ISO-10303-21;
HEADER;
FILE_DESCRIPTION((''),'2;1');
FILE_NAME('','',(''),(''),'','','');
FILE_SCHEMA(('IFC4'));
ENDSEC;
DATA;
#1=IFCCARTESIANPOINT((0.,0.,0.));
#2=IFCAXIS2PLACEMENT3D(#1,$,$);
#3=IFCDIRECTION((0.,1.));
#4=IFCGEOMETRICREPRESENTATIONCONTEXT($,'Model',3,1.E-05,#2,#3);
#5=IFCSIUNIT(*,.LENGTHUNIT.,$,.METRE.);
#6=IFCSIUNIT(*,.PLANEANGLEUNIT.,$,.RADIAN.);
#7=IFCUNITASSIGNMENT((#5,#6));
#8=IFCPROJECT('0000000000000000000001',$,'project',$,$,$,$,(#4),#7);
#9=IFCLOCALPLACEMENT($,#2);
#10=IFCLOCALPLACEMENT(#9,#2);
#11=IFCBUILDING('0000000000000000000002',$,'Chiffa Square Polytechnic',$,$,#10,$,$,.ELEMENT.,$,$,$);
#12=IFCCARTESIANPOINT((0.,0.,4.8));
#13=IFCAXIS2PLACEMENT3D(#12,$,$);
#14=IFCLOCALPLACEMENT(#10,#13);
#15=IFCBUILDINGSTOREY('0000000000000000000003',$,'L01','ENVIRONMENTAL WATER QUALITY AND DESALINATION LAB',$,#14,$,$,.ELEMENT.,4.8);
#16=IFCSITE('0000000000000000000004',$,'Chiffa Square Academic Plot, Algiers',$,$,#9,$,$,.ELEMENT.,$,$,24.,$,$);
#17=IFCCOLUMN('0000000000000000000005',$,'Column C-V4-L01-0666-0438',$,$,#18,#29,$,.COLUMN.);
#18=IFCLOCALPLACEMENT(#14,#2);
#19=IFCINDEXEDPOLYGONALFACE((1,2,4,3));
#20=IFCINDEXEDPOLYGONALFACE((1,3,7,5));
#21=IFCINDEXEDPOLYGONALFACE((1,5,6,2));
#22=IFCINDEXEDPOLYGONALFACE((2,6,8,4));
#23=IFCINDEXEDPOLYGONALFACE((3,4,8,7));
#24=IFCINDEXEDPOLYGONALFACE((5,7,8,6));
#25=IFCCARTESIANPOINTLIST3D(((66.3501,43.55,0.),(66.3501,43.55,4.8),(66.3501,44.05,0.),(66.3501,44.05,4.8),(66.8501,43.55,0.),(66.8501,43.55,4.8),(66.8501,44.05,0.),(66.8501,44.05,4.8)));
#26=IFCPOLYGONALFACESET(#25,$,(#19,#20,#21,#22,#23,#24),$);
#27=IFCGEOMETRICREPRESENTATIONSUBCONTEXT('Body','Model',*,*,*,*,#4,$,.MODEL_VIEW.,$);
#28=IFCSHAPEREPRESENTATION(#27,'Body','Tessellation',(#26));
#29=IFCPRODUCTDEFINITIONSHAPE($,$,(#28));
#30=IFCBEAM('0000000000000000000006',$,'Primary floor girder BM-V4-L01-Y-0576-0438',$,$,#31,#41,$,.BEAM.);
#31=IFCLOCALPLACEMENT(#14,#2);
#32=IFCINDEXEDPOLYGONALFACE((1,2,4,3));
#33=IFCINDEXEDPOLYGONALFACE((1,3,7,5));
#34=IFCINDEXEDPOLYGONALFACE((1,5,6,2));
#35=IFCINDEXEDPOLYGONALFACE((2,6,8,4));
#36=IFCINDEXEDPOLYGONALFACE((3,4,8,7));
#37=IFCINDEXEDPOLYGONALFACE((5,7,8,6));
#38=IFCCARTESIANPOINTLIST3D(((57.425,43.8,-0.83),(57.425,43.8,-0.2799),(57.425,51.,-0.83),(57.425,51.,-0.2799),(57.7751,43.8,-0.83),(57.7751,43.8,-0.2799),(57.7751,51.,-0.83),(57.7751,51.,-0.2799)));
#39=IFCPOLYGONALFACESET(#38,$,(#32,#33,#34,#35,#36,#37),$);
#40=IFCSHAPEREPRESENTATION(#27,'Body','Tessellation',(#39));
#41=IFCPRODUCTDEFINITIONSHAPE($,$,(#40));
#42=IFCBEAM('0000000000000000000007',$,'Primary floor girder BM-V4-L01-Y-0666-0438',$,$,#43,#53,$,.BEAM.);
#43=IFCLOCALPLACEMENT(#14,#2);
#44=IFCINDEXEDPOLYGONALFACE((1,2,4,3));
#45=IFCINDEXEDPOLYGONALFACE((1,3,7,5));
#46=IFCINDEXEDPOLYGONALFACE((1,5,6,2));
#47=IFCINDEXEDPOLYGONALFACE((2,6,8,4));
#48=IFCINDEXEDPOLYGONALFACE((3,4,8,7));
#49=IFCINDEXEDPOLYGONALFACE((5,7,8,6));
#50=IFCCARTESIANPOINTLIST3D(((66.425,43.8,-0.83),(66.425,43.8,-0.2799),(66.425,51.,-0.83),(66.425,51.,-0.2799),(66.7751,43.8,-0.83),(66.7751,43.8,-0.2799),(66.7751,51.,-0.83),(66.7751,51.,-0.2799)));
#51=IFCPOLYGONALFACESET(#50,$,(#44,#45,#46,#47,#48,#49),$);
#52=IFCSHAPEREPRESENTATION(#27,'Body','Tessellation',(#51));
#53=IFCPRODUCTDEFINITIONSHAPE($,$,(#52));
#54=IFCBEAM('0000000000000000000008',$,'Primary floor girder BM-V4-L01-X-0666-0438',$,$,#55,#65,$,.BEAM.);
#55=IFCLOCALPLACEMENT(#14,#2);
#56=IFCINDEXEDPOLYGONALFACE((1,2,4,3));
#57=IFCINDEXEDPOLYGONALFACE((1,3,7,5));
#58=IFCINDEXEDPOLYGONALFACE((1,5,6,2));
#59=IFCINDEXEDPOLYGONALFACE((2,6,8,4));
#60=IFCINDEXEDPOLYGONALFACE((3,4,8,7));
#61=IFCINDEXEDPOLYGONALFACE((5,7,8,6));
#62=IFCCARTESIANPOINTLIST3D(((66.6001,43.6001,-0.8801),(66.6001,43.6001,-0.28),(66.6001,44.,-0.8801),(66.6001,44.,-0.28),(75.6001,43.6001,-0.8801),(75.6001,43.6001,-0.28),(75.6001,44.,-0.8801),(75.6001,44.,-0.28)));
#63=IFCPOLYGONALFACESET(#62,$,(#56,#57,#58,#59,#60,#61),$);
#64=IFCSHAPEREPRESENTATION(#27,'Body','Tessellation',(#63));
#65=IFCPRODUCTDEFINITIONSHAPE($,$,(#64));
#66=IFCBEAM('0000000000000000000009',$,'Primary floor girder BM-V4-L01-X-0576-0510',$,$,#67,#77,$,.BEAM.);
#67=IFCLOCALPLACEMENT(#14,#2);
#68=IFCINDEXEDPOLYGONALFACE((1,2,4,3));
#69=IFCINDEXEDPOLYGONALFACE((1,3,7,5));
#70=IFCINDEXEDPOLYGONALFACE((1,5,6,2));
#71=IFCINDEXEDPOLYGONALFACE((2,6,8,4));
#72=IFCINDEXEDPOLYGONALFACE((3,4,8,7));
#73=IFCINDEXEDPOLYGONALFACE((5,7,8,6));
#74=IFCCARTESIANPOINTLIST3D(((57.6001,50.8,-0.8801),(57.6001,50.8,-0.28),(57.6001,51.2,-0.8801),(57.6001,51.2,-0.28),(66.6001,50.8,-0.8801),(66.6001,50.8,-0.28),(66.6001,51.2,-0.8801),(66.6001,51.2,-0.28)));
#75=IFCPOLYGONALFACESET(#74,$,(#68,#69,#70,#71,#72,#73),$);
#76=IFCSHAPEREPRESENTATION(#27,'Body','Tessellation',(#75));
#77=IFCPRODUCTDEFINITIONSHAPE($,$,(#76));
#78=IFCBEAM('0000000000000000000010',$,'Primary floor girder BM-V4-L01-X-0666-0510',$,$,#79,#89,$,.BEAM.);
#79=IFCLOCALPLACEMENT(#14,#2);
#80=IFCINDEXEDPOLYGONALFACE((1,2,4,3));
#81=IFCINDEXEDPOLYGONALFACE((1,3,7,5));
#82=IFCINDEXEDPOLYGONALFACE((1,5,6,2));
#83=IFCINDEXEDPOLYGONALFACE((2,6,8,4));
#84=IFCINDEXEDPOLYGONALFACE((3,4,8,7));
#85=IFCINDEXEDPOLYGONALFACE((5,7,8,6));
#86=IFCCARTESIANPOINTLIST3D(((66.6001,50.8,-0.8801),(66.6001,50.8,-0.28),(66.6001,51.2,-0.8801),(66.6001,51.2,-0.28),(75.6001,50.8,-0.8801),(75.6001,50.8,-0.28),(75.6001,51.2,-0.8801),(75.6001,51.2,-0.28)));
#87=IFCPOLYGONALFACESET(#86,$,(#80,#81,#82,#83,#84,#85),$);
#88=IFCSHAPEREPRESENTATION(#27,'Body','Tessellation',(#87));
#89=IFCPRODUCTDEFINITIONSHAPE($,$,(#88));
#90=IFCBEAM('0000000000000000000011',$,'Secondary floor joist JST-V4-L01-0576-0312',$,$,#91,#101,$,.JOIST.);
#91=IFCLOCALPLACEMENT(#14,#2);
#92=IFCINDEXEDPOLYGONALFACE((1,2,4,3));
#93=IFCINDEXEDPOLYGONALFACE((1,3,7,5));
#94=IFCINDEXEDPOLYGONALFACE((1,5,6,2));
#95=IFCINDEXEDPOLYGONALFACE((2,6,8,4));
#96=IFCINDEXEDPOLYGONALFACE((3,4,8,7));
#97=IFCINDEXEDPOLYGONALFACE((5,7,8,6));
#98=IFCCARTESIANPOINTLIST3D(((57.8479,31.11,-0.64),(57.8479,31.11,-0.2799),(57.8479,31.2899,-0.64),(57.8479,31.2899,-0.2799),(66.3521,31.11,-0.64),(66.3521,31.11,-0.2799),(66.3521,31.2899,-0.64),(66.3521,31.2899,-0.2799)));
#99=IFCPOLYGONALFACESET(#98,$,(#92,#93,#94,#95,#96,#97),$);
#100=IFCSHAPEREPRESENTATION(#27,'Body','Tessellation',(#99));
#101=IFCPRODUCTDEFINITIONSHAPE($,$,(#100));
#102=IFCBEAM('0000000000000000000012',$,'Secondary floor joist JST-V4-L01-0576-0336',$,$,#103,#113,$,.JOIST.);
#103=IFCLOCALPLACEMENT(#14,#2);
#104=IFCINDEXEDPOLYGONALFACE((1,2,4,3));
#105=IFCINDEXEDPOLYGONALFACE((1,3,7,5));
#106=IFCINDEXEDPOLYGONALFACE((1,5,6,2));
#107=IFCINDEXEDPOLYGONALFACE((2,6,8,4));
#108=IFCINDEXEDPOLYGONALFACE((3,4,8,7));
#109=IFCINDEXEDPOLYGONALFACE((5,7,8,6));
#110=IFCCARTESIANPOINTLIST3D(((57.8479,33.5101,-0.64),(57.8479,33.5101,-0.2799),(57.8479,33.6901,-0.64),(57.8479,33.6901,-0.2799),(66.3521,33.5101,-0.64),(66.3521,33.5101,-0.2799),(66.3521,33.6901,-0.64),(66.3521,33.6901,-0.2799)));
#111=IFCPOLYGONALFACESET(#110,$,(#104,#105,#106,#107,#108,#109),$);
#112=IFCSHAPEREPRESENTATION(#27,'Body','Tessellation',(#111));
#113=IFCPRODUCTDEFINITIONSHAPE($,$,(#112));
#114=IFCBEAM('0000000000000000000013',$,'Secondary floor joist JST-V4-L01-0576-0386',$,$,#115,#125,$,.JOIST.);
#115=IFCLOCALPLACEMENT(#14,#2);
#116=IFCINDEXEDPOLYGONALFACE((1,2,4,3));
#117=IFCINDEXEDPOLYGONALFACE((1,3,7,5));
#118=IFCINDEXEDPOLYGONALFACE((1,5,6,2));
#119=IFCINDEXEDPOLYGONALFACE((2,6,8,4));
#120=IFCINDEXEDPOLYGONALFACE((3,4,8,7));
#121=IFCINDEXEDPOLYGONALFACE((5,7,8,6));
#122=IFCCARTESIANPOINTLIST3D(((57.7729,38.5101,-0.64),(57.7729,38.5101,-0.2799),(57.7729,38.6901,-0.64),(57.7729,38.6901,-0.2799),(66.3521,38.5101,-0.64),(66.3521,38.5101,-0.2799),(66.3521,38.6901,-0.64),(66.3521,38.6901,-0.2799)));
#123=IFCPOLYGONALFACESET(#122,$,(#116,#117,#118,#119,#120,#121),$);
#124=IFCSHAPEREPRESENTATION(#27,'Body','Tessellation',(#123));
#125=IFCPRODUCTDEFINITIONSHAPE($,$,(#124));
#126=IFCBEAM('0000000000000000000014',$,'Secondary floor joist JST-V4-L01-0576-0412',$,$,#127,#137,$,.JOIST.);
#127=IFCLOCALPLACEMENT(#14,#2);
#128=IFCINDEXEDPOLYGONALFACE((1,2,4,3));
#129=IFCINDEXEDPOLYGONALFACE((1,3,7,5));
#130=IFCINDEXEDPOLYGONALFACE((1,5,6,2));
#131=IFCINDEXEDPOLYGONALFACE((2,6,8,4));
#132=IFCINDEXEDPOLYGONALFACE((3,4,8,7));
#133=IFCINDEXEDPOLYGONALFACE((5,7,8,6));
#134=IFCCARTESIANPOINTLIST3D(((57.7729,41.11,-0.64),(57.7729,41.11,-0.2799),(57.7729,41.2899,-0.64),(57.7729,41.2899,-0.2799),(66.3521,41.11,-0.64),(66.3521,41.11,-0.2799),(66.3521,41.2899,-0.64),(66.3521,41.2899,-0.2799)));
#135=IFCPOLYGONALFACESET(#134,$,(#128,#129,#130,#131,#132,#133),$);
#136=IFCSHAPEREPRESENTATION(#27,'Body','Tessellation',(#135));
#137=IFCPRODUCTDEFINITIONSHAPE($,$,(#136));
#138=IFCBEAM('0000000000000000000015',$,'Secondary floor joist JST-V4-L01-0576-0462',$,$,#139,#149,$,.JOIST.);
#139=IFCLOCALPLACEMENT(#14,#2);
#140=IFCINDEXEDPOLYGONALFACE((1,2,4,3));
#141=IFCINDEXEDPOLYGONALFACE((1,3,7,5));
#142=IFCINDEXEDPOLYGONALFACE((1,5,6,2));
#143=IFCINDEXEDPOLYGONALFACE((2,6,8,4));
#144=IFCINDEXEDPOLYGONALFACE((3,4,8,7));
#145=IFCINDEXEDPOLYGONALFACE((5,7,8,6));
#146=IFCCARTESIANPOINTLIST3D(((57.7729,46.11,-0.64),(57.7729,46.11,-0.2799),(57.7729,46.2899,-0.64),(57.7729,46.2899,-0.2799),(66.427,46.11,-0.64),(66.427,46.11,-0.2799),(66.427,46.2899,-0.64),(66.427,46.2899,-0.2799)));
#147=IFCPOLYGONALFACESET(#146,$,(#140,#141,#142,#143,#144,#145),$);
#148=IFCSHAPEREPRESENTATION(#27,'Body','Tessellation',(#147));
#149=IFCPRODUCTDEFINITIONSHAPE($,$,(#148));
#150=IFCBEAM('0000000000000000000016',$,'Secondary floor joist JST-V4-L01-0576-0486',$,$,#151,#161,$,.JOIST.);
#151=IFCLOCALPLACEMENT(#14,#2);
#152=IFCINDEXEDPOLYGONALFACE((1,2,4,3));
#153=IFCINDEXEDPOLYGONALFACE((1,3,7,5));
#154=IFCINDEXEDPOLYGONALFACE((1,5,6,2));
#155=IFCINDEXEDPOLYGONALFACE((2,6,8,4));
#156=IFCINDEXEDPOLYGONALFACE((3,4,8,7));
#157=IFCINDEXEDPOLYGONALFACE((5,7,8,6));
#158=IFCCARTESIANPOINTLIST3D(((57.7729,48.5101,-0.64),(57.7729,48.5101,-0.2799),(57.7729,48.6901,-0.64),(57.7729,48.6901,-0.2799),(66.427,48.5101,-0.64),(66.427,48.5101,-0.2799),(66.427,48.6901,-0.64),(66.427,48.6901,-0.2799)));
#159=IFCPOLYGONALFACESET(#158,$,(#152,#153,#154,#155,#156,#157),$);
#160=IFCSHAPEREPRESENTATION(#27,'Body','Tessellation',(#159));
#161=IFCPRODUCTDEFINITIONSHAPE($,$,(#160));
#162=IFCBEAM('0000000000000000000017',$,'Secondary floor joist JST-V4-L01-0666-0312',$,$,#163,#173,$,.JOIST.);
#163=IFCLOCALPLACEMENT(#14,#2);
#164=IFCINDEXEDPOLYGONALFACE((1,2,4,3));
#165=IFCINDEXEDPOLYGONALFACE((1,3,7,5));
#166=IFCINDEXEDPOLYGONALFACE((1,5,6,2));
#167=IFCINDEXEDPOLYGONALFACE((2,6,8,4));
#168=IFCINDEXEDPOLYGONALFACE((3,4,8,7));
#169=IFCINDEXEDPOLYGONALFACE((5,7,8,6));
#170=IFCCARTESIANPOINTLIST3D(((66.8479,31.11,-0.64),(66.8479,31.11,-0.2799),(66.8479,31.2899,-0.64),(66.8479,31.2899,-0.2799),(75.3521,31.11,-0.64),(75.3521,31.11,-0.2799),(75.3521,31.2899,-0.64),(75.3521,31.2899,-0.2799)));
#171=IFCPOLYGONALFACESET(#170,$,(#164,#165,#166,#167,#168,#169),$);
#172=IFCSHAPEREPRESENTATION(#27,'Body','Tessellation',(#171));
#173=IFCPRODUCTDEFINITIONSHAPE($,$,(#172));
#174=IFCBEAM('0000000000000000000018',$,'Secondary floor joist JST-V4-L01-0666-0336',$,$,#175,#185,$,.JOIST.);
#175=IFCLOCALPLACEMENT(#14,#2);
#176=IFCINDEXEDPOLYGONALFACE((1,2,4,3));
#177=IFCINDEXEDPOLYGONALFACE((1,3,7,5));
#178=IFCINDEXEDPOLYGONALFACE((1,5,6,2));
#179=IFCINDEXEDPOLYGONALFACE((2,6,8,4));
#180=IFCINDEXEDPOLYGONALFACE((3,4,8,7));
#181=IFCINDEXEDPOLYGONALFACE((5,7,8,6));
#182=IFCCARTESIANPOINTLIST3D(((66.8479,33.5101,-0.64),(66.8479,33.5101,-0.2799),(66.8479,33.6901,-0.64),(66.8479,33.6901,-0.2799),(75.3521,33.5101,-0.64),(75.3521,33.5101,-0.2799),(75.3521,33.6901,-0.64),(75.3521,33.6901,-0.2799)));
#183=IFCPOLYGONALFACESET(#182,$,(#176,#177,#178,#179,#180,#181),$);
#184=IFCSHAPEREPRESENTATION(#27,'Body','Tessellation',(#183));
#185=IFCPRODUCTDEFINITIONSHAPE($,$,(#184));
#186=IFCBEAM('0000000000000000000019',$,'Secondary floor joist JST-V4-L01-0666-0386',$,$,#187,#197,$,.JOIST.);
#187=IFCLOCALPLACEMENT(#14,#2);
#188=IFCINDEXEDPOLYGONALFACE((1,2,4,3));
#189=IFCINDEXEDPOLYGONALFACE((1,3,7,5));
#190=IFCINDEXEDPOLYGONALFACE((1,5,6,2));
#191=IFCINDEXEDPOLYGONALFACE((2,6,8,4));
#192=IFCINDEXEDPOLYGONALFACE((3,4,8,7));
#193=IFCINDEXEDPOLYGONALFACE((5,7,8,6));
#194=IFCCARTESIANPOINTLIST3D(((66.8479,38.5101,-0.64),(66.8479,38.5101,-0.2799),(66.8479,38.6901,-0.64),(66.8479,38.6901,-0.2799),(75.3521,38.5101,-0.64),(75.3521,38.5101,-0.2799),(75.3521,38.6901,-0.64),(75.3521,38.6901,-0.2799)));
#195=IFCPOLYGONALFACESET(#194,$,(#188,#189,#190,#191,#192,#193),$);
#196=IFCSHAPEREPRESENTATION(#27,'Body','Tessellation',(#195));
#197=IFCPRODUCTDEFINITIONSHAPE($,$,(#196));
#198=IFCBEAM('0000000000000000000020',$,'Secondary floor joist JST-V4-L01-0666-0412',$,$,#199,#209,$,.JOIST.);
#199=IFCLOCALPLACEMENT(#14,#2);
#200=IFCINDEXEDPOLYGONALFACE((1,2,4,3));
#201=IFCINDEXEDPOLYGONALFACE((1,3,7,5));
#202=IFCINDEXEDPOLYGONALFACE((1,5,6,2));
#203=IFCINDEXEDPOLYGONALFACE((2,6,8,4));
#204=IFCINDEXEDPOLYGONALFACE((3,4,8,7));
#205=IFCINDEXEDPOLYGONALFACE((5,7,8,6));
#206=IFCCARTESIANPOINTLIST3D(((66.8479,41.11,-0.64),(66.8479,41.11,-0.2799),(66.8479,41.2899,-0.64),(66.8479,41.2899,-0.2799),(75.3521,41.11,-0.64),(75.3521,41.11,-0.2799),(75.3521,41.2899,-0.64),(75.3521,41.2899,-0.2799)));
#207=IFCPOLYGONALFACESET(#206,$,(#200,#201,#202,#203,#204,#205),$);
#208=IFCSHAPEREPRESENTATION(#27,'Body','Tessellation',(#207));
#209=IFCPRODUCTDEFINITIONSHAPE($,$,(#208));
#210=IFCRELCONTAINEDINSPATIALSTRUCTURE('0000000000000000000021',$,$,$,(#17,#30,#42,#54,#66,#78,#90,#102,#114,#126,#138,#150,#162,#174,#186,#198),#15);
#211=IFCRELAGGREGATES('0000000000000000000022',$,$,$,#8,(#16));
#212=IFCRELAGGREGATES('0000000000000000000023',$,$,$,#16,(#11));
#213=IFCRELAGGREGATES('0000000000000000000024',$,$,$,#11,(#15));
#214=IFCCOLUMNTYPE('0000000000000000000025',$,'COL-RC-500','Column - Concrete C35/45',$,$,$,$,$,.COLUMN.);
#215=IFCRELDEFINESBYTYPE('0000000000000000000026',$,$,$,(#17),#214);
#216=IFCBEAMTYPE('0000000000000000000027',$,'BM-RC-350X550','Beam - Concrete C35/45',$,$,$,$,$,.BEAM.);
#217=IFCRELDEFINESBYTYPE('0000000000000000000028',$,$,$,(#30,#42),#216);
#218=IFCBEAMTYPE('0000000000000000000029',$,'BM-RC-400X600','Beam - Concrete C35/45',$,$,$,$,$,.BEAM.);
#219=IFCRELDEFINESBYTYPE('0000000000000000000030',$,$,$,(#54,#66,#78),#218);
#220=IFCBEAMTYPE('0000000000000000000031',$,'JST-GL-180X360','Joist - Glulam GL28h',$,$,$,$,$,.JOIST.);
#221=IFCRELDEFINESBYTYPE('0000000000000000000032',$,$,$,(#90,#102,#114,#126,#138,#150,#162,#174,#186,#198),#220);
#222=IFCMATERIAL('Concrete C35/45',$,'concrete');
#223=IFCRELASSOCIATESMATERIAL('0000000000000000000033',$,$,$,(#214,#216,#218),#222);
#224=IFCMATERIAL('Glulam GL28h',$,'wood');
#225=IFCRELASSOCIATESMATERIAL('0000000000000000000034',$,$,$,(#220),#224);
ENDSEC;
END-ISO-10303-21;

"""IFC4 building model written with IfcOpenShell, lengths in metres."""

from ifc_helpers import new_model, si_unit, direction, frame, origin, origin_2d, place, context, subcontext, project, spatial, rectangle, extrude, material, material_profile, profile_set, type_object, element, save


model = new_model("IFC4")

# Units and contexts
model_context = context("Model", 3, precision=1e-05, world=origin(), true_north=direction((0.0, 1.0)))
body_context = subcontext(model_context, "Body", "Model", "MODEL_VIEW")
ifc_project = project(units=[si_unit("LENGTHUNIT", "METRE"), si_unit("PLANEANGLEUNIT", "RADIAN")], contexts=[model_context])

# Site, building, storey
site_placement = place(None, origin())
site = spatial("IfcSite", under=ifc_project, at=site_placement, Name="Chiffa Square Academic Plot, Algiers", CompositionType="ELEMENT", RefElevation=24.0)
building_placement = place(site_placement, origin())
building = spatial("IfcBuilding", under=site, at=building_placement, Name="Chiffa Square Polytechnic", CompositionType="ELEMENT")
storey_placement = place(building_placement, frame((0.0, 0.0, 4.8)))
storey = spatial("IfcBuildingStorey", under=building, at=storey_placement, Name="L01", Description="ENVIRONMENTAL WATER QUALITY AND DESALINATION LAB", CompositionType="ELEMENT", Elevation=4.8)

# Column
ifc_material_1 = material(Name="Concrete C35/45", Category="concrete")
ifc_material_profile_1 = material_profile(ifc_material_1, rectangle(XDim=0.5, YDim=0.5, at=origin_2d()), Name="RC 500x500")
ifc_profile_set_1 = profile_set([ifc_material_profile_1], Name="Concrete C35/45")
column_type = type_object("IfcColumnType", Name="COL-RC-500", Description="Column - Concrete C35/45", PredefinedType="COLUMN", material=ifc_profile_set_1)
column_placement = place(storey_placement, frame((66.6001, 43.8, 0.0), z_axis=(0.0, 0.0, 1.0), x_axis=(1.0, 0.0, 0.0)))
element("IfcColumn", 1, at=column_placement, inside=storey, type_object=column_type, Name="Column C-V4-L01-0666-0438", PredefinedType="COLUMN", context=body_context, shape_type="SweptSolid", body=[
    extrude(rectangle(XDim=0.5, YDim=0.5, at=origin_2d()), origin(), (0.0, 0.0, 1.0), 4.8),
])

# Beams
ifc_material_profile_2 = material_profile(ifc_material_1, rectangle(XDim=0.3501, YDim=0.55, at=origin_2d()), Name="RC 350x550")
ifc_profile_set_2 = profile_set([ifc_material_profile_2], Name="Concrete C35/45")
beam_type_1 = type_object("IfcBeamType", Name="BM-RC-350X550", Description="Beam - Concrete C35/45", PredefinedType="BEAM", material=ifc_profile_set_2)
for number, where, z_axis, x_axis, name in (
    (2, (57.6001, 43.8, -0.5549), (0.0, 1.0, 0.0), (-1.0, 0.0, 0.0), "Primary floor girder BM-V4-L01-Y-0576-0438"),
    (3, (66.6001, 43.8, -0.5549), (0.0, 1.0, 0.0), (-1.0, 0.0, 0.0), "Primary floor girder BM-V4-L01-Y-0666-0438"),
):
    element("IfcBeam", number, at=place(storey_placement, frame(where, z_axis=z_axis, x_axis=x_axis)), inside=storey, type_object=beam_type_1, Name=name, PredefinedType="BEAM", context=body_context, shape_type="SweptSolid", body=[
        extrude(rectangle(XDim=0.3501, YDim=0.55, at=origin_2d()), origin(), (0.0, 0.0, 1.0), 7.2),
    ])
ifc_material_profile_3 = material_profile(ifc_material_1, rectangle(XDim=0.3999, YDim=0.6001, at=origin_2d()), Name="RC 400x600")
ifc_profile_set_3 = profile_set([ifc_material_profile_3], Name="Concrete C35/45")
beam_type_2 = type_object("IfcBeamType", Name="BM-RC-400X600", Description="Beam - Concrete C35/45", PredefinedType="BEAM", material=ifc_profile_set_3)
for number, where, z_axis, x_axis, name in (
    (4, (66.6001, 43.8, -0.5801), (1.0, 0.0, 0.0), (0.0, 1.0, 0.0), "Primary floor girder BM-V4-L01-X-0666-0438"),
    (5, (57.6001, 51.0, -0.5801), (1.0, 0.0, 0.0), (0.0, 1.0, 0.0), "Primary floor girder BM-V4-L01-X-0576-0510"),
    (6, (66.6001, 51.0, -0.5801), (1.0, 0.0, 0.0), (0.0, 1.0, 0.0), "Primary floor girder BM-V4-L01-X-0666-0510"),
):
    element("IfcBeam", number, at=place(storey_placement, frame(where, z_axis=z_axis, x_axis=x_axis)), inside=storey, type_object=beam_type_2, Name=name, PredefinedType="BEAM", context=body_context, shape_type="SweptSolid", body=[
        extrude(rectangle(XDim=0.3999, YDim=0.6001, at=origin_2d()), origin(), (0.0, 0.0, 1.0), 9.0),
    ])
ifc_material_2 = material(Name="Glulam GL28h", Category="wood")
ifc_material_profile_4 = material_profile(ifc_material_2, rectangle(XDim=0.1799, YDim=0.3601, at=origin_2d()), Name="GL28h 180x360")
ifc_profile_set_4 = profile_set([ifc_material_profile_4], Name="Glulam GL28h")
beam_type_3 = type_object("IfcBeamType", Name="JST-GL-180X360", Description="Joist - Glulam GL28h", PredefinedType="JOIST", material=ifc_profile_set_4)
for number, where, z_axis, x_axis, name in (
    (7, (57.8479, 31.2, -0.46), (1.0, 0.0, 0.0), (0.0, 1.0, 0.0), "Secondary floor joist JST-V4-L01-0576-0312"),
    (8, (57.8479, 33.6001, -0.46), (1.0, 0.0, 0.0), (0.0, 1.0, 0.0), "Secondary floor joist JST-V4-L01-0576-0336"),
):
    element("IfcBeam", number, at=place(storey_placement, frame(where, z_axis=z_axis, x_axis=x_axis)), inside=storey, type_object=beam_type_3, Name=name, PredefinedType="JOIST", context=body_context, shape_type="SweptSolid", body=[
        extrude(rectangle(XDim=0.1799, YDim=0.3601, at=origin_2d()), origin(), (0.0, 0.0, 1.0), 8.5042),
    ])
for number, where, z_axis, x_axis, name in (
    (9, (57.7729, 38.6001, -0.46), (1.0, 0.0, 0.0), (0.0, 1.0, 0.0), "Secondary floor joist JST-V4-L01-0576-0386"),
    (10, (57.7729, 41.2, -0.46), (1.0, 0.0, 0.0), (0.0, 1.0, 0.0), "Secondary floor joist JST-V4-L01-0576-0412"),
):
    element("IfcBeam", number, at=place(storey_placement, frame(where, z_axis=z_axis, x_axis=x_axis)), inside=storey, type_object=beam_type_3, Name=name, PredefinedType="JOIST", context=body_context, shape_type="SweptSolid", body=[
        extrude(rectangle(XDim=0.1799, YDim=0.3601, at=origin_2d()), origin(), (0.0, 0.0, 1.0), 8.5791),
    ])
for number, where, z_axis, x_axis, name in (
    (11, (57.7729, 46.2, -0.46), (1.0, 0.0, 0.0), (0.0, 1.0, 0.0), "Secondary floor joist JST-V4-L01-0576-0462"),
    (12, (57.7729, 48.6001, -0.46), (1.0, 0.0, 0.0), (0.0, 1.0, 0.0), "Secondary floor joist JST-V4-L01-0576-0486"),
):
    element("IfcBeam", number, at=place(storey_placement, frame(where, z_axis=z_axis, x_axis=x_axis)), inside=storey, type_object=beam_type_3, Name=name, PredefinedType="JOIST", context=body_context, shape_type="SweptSolid", body=[
        extrude(rectangle(XDim=0.1799, YDim=0.3601, at=origin_2d()), origin(), (0.0, 0.0, 1.0), 8.6541),
    ])
for number, where, z_axis, x_axis, name in (
    (13, (66.8479, 31.2, -0.46), (1.0, 0.0, 0.0), (0.0, 1.0, 0.0), "Secondary floor joist JST-V4-L01-0666-0312"),
    (14, (66.8479, 33.6001, -0.46), (1.0, 0.0, 0.0), (0.0, 1.0, 0.0), "Secondary floor joist JST-V4-L01-0666-0336"),
    (15, (66.8479, 38.6001, -0.46), (1.0, 0.0, 0.0), (0.0, 1.0, 0.0), "Secondary floor joist JST-V4-L01-0666-0386"),
    (16, (66.8479, 41.2, -0.46), (1.0, 0.0, 0.0), (0.0, 1.0, 0.0), "Secondary floor joist JST-V4-L01-0666-0412"),
):
    element("IfcBeam", number, at=place(storey_placement, frame(where, z_axis=z_axis, x_axis=x_axis)), inside=storey, type_object=beam_type_3, Name=name, PredefinedType="JOIST", context=body_context, shape_type="SweptSolid", body=[
        extrude(rectangle(XDim=0.1799, YDim=0.3601, at=origin_2d()), origin(), (0.0, 0.0, 1.0), 8.5042),
    ])

save(model, "model.ifc")
